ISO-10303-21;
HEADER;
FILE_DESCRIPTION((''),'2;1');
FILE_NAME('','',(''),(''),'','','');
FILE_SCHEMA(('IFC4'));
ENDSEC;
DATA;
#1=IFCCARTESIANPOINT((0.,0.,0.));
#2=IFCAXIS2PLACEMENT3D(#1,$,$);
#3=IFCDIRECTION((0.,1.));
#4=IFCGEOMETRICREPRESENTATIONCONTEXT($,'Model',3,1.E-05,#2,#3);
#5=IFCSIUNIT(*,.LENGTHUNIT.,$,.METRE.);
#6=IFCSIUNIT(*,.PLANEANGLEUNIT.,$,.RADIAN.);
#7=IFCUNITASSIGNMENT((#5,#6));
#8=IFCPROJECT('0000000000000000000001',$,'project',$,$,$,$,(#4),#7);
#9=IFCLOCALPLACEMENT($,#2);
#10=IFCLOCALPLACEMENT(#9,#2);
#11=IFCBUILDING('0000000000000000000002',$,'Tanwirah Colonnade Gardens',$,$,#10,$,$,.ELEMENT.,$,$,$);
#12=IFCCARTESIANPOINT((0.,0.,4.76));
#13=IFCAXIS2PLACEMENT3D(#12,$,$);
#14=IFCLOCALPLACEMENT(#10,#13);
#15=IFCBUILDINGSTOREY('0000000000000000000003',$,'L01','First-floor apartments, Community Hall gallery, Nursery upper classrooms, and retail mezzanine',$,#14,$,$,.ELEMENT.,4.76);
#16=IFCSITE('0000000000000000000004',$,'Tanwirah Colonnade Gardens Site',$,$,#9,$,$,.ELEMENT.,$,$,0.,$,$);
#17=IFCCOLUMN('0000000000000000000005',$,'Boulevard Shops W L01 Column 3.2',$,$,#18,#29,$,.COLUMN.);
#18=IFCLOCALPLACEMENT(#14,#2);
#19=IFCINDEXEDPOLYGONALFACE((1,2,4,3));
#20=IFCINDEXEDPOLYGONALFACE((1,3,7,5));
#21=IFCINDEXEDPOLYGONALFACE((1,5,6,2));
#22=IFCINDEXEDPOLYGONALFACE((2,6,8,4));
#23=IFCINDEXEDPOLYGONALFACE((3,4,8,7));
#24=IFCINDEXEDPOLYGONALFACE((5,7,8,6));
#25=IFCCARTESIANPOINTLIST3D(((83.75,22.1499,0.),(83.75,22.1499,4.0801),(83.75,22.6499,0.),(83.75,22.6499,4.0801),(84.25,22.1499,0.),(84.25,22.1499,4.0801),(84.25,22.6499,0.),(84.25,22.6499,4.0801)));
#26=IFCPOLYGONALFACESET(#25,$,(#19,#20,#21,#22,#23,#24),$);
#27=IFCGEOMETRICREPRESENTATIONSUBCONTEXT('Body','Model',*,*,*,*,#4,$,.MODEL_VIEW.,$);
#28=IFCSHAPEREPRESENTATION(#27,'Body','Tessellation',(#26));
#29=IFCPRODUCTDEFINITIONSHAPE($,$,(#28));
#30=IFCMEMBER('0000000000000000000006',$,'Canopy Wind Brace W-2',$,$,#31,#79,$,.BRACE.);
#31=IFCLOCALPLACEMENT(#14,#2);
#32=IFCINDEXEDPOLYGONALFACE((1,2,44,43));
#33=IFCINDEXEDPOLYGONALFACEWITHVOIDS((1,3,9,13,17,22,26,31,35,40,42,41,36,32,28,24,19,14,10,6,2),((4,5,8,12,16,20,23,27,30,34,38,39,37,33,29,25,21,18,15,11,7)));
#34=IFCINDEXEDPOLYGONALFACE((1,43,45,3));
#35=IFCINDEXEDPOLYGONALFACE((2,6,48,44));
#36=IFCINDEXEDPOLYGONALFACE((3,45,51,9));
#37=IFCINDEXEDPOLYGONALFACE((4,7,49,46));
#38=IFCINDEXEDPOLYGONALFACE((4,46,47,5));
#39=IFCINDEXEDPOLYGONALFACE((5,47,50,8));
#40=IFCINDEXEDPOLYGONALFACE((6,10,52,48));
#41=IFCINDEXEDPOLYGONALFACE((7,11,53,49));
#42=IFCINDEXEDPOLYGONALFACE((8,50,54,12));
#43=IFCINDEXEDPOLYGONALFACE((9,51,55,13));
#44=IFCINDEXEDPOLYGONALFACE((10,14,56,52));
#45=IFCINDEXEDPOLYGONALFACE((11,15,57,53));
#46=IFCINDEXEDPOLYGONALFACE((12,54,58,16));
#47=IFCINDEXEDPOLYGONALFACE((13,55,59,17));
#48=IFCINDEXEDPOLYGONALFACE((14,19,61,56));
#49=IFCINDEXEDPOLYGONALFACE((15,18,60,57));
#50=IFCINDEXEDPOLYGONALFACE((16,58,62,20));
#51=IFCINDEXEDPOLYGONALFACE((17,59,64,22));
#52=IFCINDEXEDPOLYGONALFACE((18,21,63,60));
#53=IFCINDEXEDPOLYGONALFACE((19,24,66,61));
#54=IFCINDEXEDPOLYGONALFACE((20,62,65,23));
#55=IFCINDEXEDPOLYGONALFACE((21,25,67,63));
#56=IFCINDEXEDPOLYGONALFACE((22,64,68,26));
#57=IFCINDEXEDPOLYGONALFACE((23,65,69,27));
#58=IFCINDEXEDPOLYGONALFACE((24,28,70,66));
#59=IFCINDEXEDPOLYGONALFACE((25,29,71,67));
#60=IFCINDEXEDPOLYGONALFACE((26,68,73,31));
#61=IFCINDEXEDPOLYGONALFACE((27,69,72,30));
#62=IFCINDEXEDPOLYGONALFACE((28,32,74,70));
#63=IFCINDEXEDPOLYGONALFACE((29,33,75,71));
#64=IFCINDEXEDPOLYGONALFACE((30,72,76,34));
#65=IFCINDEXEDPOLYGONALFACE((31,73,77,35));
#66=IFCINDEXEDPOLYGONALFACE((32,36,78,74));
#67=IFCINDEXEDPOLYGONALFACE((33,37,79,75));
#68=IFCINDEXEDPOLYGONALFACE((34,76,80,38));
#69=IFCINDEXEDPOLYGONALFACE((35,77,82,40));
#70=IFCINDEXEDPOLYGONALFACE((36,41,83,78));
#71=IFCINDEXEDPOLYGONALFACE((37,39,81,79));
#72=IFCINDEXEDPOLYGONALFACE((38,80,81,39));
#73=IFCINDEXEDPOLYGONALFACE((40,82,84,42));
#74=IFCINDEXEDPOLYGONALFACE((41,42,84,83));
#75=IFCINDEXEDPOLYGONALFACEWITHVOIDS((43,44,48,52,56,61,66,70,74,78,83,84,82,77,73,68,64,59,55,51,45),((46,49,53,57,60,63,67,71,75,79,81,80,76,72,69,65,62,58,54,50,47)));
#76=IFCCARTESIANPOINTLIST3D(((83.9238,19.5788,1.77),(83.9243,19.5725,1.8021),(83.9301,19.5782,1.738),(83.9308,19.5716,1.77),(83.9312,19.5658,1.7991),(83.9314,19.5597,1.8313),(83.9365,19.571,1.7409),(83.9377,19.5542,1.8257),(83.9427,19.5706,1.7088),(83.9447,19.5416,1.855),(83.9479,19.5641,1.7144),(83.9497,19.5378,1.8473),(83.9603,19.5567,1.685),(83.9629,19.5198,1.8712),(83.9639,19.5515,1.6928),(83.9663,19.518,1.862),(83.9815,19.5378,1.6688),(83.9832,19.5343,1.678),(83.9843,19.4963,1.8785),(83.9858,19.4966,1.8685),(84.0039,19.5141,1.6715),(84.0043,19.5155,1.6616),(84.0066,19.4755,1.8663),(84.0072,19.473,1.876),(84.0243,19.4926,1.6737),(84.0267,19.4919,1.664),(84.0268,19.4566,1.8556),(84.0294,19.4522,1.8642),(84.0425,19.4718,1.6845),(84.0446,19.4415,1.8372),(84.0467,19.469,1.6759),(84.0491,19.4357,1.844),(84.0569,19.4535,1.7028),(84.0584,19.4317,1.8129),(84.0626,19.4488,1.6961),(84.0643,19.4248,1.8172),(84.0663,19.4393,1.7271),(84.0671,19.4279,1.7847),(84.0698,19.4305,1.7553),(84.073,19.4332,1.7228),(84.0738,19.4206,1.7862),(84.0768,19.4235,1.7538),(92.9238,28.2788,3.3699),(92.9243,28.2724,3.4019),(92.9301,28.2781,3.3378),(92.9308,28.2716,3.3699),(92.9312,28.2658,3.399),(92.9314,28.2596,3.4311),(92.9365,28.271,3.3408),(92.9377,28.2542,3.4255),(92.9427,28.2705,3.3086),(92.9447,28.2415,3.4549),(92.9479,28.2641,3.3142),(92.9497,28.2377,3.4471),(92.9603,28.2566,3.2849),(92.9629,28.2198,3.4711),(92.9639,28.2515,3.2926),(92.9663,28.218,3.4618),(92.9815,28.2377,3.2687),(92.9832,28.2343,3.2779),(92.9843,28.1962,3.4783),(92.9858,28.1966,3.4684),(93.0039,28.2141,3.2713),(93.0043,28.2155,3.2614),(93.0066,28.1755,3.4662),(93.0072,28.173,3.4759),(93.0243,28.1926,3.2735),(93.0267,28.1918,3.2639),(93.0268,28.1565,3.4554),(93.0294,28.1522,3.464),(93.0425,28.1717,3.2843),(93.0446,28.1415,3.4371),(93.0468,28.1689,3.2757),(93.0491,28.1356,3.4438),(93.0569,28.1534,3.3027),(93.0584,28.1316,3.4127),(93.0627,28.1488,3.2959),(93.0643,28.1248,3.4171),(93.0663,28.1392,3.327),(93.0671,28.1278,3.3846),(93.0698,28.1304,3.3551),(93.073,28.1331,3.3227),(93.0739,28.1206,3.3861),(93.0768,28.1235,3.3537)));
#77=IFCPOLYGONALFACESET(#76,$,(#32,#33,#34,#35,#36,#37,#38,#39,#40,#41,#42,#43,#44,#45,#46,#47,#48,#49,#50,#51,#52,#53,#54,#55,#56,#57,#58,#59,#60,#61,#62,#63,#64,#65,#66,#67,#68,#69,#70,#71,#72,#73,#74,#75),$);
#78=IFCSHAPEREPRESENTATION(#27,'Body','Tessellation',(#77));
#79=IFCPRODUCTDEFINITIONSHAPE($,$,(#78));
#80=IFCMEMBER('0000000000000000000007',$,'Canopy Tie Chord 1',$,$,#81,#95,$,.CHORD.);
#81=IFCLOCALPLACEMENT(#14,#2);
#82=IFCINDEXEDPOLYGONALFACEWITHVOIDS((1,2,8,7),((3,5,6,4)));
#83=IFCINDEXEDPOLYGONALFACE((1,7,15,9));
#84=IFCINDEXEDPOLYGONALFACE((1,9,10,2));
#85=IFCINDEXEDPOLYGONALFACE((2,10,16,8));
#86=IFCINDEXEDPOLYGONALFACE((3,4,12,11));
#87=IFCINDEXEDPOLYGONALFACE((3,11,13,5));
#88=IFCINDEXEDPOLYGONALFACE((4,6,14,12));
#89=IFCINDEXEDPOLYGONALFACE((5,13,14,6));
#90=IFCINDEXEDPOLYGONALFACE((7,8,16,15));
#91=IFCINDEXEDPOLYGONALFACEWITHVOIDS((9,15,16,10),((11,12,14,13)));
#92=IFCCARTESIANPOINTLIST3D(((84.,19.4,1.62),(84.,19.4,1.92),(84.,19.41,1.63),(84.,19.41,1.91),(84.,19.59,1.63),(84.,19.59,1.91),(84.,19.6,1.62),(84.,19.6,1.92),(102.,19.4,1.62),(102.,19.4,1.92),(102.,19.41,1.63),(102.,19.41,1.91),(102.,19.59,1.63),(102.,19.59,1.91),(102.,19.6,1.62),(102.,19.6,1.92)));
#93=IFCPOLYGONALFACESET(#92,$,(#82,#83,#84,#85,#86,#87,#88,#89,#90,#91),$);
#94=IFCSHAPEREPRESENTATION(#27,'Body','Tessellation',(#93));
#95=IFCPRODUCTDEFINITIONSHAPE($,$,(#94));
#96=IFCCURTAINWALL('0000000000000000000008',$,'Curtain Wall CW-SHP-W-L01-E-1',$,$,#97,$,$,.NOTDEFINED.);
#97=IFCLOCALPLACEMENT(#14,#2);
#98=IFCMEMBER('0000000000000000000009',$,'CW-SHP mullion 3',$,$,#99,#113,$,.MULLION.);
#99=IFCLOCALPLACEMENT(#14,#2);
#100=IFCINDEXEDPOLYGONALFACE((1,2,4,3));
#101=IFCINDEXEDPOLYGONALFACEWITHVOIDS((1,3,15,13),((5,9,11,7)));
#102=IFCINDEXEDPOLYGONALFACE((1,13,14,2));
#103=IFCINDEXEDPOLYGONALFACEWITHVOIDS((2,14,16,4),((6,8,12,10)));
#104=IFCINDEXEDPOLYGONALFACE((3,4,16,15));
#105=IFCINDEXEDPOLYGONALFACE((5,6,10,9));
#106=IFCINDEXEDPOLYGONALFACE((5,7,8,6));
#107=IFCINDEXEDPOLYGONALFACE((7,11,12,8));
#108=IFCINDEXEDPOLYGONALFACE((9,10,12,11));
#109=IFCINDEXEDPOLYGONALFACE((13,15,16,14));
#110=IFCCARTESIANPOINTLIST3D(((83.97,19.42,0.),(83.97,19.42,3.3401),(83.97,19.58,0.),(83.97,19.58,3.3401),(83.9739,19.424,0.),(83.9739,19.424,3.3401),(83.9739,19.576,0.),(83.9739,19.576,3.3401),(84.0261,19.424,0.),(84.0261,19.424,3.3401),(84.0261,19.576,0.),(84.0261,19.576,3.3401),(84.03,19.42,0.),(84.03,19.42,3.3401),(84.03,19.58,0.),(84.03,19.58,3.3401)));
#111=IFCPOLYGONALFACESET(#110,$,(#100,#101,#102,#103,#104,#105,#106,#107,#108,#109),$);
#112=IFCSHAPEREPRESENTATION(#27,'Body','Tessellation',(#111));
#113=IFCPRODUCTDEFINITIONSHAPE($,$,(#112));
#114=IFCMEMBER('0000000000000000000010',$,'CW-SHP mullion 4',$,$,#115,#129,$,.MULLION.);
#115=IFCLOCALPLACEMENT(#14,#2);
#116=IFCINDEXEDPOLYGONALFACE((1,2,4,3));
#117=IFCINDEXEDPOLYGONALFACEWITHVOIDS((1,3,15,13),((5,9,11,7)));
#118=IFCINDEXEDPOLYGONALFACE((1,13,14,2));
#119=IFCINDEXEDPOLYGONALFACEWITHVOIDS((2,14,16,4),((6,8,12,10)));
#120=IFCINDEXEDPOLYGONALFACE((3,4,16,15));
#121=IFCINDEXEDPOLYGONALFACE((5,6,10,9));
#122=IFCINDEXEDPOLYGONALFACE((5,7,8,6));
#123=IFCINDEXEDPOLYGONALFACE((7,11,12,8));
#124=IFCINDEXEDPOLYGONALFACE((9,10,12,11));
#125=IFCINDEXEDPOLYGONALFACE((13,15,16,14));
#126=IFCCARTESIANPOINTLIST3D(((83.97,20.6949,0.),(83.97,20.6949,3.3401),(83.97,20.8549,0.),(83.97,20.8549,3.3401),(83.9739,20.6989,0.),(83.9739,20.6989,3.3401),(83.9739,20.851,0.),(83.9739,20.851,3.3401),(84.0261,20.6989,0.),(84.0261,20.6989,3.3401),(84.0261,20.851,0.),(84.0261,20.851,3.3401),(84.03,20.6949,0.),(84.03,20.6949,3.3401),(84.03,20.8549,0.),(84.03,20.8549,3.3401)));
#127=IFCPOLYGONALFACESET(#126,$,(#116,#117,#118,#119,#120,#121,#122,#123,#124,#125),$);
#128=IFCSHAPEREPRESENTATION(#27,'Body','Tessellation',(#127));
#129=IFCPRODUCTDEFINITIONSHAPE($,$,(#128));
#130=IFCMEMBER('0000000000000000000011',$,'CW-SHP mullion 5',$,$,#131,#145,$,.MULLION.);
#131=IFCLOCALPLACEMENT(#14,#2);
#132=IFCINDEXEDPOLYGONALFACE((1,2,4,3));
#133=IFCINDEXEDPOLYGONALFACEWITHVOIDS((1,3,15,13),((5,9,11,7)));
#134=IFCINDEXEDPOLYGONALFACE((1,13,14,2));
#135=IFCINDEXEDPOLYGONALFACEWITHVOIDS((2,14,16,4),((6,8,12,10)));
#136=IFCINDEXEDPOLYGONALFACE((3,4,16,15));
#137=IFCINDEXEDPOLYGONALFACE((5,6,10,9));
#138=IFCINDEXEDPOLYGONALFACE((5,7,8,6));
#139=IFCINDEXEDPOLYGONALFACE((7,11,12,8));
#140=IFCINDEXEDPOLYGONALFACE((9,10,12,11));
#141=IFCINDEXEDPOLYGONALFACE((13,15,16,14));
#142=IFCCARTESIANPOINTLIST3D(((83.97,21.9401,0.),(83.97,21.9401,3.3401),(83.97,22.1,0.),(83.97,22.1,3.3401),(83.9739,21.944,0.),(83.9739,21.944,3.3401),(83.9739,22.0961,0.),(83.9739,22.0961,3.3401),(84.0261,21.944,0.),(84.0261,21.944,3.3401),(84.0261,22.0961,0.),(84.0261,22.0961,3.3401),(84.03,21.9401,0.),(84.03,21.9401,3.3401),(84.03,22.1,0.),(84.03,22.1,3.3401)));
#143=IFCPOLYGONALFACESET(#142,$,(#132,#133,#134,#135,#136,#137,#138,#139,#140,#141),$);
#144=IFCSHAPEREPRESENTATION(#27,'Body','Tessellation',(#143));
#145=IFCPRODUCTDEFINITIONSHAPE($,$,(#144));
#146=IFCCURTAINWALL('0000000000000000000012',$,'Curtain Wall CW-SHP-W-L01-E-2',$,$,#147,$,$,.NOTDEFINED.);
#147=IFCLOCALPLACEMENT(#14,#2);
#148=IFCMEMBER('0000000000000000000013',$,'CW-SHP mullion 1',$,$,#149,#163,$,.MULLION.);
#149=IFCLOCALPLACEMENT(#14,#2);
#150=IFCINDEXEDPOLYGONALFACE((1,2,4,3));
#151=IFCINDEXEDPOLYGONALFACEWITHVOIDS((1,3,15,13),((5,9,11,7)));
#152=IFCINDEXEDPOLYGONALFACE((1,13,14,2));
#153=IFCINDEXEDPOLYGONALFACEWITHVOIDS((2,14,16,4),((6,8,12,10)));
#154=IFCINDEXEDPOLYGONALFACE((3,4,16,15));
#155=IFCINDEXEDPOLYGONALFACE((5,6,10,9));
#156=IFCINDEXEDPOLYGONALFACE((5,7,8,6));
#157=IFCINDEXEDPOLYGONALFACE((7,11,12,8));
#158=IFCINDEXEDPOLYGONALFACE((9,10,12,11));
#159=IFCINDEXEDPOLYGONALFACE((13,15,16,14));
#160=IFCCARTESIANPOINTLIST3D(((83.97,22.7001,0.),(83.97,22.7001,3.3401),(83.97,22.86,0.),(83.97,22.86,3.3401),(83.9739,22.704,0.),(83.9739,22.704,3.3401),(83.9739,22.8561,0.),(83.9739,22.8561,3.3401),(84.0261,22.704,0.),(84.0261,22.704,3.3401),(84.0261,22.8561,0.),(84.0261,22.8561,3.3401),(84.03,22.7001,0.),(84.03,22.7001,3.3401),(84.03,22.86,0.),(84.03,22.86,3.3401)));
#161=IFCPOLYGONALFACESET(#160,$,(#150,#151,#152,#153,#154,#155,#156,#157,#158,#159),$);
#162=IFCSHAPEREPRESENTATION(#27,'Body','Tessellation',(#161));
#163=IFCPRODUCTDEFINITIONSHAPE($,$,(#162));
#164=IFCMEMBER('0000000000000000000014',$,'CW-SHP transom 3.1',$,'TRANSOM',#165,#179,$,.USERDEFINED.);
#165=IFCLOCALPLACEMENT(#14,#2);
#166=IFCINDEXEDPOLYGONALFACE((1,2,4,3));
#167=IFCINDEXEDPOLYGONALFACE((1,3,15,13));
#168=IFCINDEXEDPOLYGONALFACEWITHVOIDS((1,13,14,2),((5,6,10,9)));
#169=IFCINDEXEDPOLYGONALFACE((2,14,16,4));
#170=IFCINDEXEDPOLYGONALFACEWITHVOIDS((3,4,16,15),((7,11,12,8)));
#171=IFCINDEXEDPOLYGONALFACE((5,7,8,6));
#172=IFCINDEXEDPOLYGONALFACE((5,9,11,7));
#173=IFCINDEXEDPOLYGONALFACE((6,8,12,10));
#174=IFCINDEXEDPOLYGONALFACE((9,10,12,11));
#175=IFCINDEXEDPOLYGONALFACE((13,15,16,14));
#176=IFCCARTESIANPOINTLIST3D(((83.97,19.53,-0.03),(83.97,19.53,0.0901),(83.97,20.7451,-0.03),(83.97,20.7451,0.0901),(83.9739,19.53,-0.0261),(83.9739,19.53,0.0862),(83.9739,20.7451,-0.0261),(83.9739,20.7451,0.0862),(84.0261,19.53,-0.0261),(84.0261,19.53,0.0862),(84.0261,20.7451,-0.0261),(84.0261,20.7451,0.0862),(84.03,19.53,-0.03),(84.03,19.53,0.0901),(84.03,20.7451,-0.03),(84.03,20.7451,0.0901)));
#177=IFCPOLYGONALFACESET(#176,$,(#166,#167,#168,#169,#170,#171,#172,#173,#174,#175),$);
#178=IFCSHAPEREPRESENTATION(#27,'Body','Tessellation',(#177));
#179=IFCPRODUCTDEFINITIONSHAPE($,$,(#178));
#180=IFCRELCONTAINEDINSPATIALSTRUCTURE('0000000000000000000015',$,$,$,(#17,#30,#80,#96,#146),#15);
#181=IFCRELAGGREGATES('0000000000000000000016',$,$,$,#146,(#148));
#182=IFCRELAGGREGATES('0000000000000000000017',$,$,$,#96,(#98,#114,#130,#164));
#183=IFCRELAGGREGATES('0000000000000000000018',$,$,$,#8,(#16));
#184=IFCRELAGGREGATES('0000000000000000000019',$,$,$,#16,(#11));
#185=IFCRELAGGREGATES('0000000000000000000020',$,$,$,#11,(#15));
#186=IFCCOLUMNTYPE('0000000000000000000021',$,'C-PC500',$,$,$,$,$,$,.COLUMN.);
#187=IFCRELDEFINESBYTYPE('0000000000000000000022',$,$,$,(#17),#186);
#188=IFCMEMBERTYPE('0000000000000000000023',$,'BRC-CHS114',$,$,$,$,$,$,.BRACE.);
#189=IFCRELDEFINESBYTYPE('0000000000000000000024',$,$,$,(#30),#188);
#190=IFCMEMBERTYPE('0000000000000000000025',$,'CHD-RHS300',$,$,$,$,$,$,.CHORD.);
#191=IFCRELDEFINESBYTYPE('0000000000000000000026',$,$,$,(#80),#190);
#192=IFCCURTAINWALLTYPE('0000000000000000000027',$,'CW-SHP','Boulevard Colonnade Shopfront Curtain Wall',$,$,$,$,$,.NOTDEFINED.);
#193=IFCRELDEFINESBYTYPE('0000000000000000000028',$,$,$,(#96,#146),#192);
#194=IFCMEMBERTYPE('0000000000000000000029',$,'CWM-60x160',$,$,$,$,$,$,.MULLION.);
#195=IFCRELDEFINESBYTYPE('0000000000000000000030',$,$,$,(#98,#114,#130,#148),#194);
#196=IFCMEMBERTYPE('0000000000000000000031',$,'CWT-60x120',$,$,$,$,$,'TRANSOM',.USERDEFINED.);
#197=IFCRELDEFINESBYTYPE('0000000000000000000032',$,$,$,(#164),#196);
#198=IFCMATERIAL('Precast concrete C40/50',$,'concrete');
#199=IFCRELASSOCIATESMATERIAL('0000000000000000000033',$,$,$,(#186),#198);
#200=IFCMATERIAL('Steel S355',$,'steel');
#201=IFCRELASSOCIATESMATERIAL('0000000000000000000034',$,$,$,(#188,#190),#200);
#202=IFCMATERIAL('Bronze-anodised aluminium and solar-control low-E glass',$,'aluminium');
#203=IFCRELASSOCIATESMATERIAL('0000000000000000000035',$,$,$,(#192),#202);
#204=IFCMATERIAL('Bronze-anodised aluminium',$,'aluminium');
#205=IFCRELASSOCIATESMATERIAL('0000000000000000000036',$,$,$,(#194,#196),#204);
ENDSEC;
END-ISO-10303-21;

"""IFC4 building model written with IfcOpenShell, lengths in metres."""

from ifc_helpers import new_model, si_unit, direction, frame, origin, origin_2d, place, context, subcontext, project, spatial, rectangle, hollow_rectangle, hollow_circle, extrude, material, material_profile, profile_set, type_object, element, aggregate, save


model = new_model("IFC4")

# Units and contexts
model_context = context("Model", 3, precision=1e-05, world=origin(), true_north=direction((0.0, 1.0)))
body_context = subcontext(model_context, "Body", "Model", "MODEL_VIEW")
ifc_project = project(units=[si_unit("LENGTHUNIT", "METRE"), si_unit("PLANEANGLEUNIT", "RADIAN")], contexts=[model_context])

# Site, building, storey
site_placement = place(None, origin())
site = spatial("IfcSite", under=ifc_project, at=site_placement, Name="Tanwirah Colonnade Gardens Site", CompositionType="ELEMENT", RefElevation=0.0)
building_placement = place(site_placement, origin())
building = spatial("IfcBuilding", under=site, at=building_placement, Name="Tanwirah Colonnade Gardens", CompositionType="ELEMENT")
storey_placement = place(building_placement, frame((0.0, 0.0, 4.76)))
storey = spatial("IfcBuildingStorey", under=building, at=storey_placement, Name="L01", Description="First-floor apartments, Community Hall gallery, Nursery upper classrooms, and retail mezzanine", CompositionType="ELEMENT", Elevation=4.76)

# Column
ifc_material_1 = material(Name="Precast concrete C40/50", Category="concrete")
ifc_material_profile_1 = material_profile(ifc_material_1, rectangle(XDim=0.5, YDim=0.5, at=origin_2d()), Name="PC-COL 500x500")
ifc_profile_set_1 = profile_set([ifc_material_profile_1], Name="Precast concrete C40/50")
column_type = type_object("IfcColumnType", Name="C-PC500", PredefinedType="COLUMN", material=ifc_profile_set_1)
column_placement = place(storey_placement, frame((84.0, 22.3999, 0.0), z_axis=(0.0, 0.0, 1.0), x_axis=(1.0, 0.0, 0.0)))
element("IfcColumn", 1, at=column_placement, inside=storey, type_object=column_type, Name="Boulevard Shops W L01 Column 3.2", PredefinedType="COLUMN", context=body_context, shape_type="SweptSolid", body=[
    extrude(rectangle(XDim=0.5, YDim=0.5, at=origin_2d()), origin(), (0.0, 0.0, 1.0), 4.0801),
])

# Members
ifc_material_2 = material(Name="Steel S355", Category="steel")
ifc_material_profile_2 = material_profile(ifc_material_2, hollow_circle(Radius=0.1096, WallThickness=0.01, at=origin_2d()), Name="CHS 219.1x10")
ifc_profile_set_2 = profile_set([ifc_material_profile_2], Name="Steel S355")
member_type_1 = type_object("IfcMemberType", Name="BRC-CHS114", PredefinedType="BRACE", material=ifc_profile_set_2)
member_1_placement = place(storey_placement, frame((84.0, 19.5, 1.77), z_axis=(0.713189, 0.689412, 0.126778), x_axis=(-0.69502, 0.71899, 0.0)))
element("IfcMember", 2, at=member_1_placement, inside=storey, type_object=member_type_1, Name="Canopy Wind Brace W-2", PredefinedType="BRACE", context=body_context, shape_type="SweptSolid", body=[
    extrude(hollow_circle(Radius=0.1096, WallThickness=0.01, at=origin_2d()), origin(), (0.0, 0.0, 1.0), 12.6194),
])
ifc_material_profile_3 = material_profile(ifc_material_2, hollow_rectangle(XDim=0.2, YDim=0.3, WallThickness=0.01, at=origin_2d()), Name="RHS 300x200x10")
ifc_profile_set_3 = profile_set([ifc_material_profile_3], Name="Steel S355")
member_type_2 = type_object("IfcMemberType", Name="CHD-RHS300", PredefinedType="CHORD", material=ifc_profile_set_3)
member_2_placement = place(storey_placement, frame((84.0, 19.5, 1.77), z_axis=(1.0, 0.0, 0.0), x_axis=(0.0, 1.0, 0.0)))
element("IfcMember", 3, at=member_2_placement, inside=storey, type_object=member_type_2, Name="Canopy Tie Chord 1", PredefinedType="CHORD", context=body_context, shape_type="SweptSolid", body=[
    extrude(hollow_rectangle(XDim=0.2, YDim=0.3, WallThickness=0.01, at=origin_2d()), origin(), (0.0, 0.0, 1.0), 18.0),
])

# Curtain wall, members
ifc_material_3 = material(Name="Bronze-anodised aluminium and solar-control low-E glass", Category="aluminium")
curtain_wall_type = type_object("IfcCurtainWallType", Name="CW-SHP", Description="Boulevard Colonnade Shopfront Curtain Wall", PredefinedType="NOTDEFINED", material=ifc_material_3)
curtain_wall_1_placement = place(storey_placement, origin())
curtain_wall_1 = element("IfcCurtainWall", 4, at=curtain_wall_1_placement, inside=storey, type_object=curtain_wall_type, Name="Curtain Wall CW-SHP-W-L01-E-1", PredefinedType="NOTDEFINED")
ifc_material_4 = material(Name="Bronze-anodised aluminium", Category="aluminium")
ifc_material_profile_4 = material_profile(ifc_material_4, hollow_rectangle(XDim=0.0601, YDim=0.1599, WallThickness=0.0039, at=origin_2d()), Name="CW-MUL 60x160x4")
ifc_profile_set_4 = profile_set([ifc_material_profile_4], Name="Bronze-anodised aluminium")
member_type_3 = type_object("IfcMemberType", Name="CWM-60x160", PredefinedType="MULLION", material=ifc_profile_set_4)
member_3_placement = place(storey_placement, frame((84.0, 19.5, 0.0), z_axis=(0.0, 0.0, 1.0), x_axis=(-1.0, 0.0, 0.0)))
member_3 = element("IfcMember", 5, at=member_3_placement, type_object=member_type_3, Name="CW-SHP mullion 3", PredefinedType="MULLION", context=body_context, shape_type="SweptSolid", body=[
    extrude(hollow_rectangle(XDim=0.0601, YDim=0.1599, WallThickness=0.0039, at=origin_2d()), origin(), (0.0, 0.0, 1.0), 3.3401),
])
member_4_placement = place(storey_placement, frame((84.0, 20.7749, 0.0), z_axis=(0.0, 0.0, 1.0), x_axis=(-1.0, 0.0, 0.0)))
member_4 = element("IfcMember", 6, at=member_4_placement, type_object=member_type_3, Name="CW-SHP mullion 4", PredefinedType="MULLION", context=body_context, shape_type="SweptSolid", body=[
    extrude(hollow_rectangle(XDim=0.0601, YDim=0.1599, WallThickness=0.0039, at=origin_2d()), origin(), (0.0, 0.0, 1.0), 3.3401),
])
member_5_placement = place(storey_placement, frame((84.0, 22.02, 0.0), z_axis=(0.0, 0.0, 1.0), x_axis=(-1.0, 0.0, 0.0)))
member_5 = element("IfcMember", 7, at=member_5_placement, type_object=member_type_3, Name="CW-SHP mullion 5", PredefinedType="MULLION", context=body_context, shape_type="SweptSolid", body=[
    extrude(hollow_rectangle(XDim=0.0601, YDim=0.1599, WallThickness=0.0039, at=origin_2d()), origin(), (0.0, 0.0, 1.0), 3.3401),
])

# Curtain wall, member
curtain_wall_2_placement = place(storey_placement, origin())
curtain_wall_2 = element("IfcCurtainWall", 8, at=curtain_wall_2_placement, inside=storey, type_object=curtain_wall_type, Name="Curtain Wall CW-SHP-W-L01-E-2", PredefinedType="NOTDEFINED")
member_6_placement = place(storey_placement, frame((84.0, 22.78, 0.0), z_axis=(0.0, 0.0, 1.0), x_axis=(-1.0, 0.0, 0.0)))
member_6 = element("IfcMember", 9, at=member_6_placement, type_object=member_type_3, Name="CW-SHP mullion 1", PredefinedType="MULLION", context=body_context, shape_type="SweptSolid", body=[
    extrude(hollow_rectangle(XDim=0.0601, YDim=0.1599, WallThickness=0.0039, at=origin_2d()), origin(), (0.0, 0.0, 1.0), 3.3401),
])
aggregate(curtain_wall_2, [member_6])

# Member
ifc_material_profile_5 = material_profile(ifc_material_4, hollow_rectangle(XDim=0.0601, YDim=0.1201, WallThickness=0.0039, at=origin_2d()), Name="CW-TRN 60x120x4")
ifc_profile_set_5 = profile_set([ifc_material_profile_5], Name="Bronze-anodised aluminium")
member_type_4 = type_object("IfcMemberType", Name="CWT-60x120", ElementType="TRANSOM", PredefinedType="USERDEFINED", material=ifc_profile_set_5)
member_7_placement = place(storey_placement, frame((84.0, 19.53, 0.03), z_axis=(0.0, 1.0, 0.0), x_axis=(-1.0, 0.0, 0.0)))
member_7 = element("IfcMember", 10, at=member_7_placement, type_object=member_type_4, Name="CW-SHP transom 3.1", ObjectType="TRANSOM", PredefinedType="USERDEFINED", context=body_context, shape_type="SweptSolid", body=[
    extrude(hollow_rectangle(XDim=0.0601, YDim=0.1201, WallThickness=0.0039, at=origin_2d()), origin(), (0.0, 0.0, 1.0), 1.2151),
])

aggregate(curtain_wall_1, [member_3, member_4, member_5, member_7])

save(model, "model.ifc")
